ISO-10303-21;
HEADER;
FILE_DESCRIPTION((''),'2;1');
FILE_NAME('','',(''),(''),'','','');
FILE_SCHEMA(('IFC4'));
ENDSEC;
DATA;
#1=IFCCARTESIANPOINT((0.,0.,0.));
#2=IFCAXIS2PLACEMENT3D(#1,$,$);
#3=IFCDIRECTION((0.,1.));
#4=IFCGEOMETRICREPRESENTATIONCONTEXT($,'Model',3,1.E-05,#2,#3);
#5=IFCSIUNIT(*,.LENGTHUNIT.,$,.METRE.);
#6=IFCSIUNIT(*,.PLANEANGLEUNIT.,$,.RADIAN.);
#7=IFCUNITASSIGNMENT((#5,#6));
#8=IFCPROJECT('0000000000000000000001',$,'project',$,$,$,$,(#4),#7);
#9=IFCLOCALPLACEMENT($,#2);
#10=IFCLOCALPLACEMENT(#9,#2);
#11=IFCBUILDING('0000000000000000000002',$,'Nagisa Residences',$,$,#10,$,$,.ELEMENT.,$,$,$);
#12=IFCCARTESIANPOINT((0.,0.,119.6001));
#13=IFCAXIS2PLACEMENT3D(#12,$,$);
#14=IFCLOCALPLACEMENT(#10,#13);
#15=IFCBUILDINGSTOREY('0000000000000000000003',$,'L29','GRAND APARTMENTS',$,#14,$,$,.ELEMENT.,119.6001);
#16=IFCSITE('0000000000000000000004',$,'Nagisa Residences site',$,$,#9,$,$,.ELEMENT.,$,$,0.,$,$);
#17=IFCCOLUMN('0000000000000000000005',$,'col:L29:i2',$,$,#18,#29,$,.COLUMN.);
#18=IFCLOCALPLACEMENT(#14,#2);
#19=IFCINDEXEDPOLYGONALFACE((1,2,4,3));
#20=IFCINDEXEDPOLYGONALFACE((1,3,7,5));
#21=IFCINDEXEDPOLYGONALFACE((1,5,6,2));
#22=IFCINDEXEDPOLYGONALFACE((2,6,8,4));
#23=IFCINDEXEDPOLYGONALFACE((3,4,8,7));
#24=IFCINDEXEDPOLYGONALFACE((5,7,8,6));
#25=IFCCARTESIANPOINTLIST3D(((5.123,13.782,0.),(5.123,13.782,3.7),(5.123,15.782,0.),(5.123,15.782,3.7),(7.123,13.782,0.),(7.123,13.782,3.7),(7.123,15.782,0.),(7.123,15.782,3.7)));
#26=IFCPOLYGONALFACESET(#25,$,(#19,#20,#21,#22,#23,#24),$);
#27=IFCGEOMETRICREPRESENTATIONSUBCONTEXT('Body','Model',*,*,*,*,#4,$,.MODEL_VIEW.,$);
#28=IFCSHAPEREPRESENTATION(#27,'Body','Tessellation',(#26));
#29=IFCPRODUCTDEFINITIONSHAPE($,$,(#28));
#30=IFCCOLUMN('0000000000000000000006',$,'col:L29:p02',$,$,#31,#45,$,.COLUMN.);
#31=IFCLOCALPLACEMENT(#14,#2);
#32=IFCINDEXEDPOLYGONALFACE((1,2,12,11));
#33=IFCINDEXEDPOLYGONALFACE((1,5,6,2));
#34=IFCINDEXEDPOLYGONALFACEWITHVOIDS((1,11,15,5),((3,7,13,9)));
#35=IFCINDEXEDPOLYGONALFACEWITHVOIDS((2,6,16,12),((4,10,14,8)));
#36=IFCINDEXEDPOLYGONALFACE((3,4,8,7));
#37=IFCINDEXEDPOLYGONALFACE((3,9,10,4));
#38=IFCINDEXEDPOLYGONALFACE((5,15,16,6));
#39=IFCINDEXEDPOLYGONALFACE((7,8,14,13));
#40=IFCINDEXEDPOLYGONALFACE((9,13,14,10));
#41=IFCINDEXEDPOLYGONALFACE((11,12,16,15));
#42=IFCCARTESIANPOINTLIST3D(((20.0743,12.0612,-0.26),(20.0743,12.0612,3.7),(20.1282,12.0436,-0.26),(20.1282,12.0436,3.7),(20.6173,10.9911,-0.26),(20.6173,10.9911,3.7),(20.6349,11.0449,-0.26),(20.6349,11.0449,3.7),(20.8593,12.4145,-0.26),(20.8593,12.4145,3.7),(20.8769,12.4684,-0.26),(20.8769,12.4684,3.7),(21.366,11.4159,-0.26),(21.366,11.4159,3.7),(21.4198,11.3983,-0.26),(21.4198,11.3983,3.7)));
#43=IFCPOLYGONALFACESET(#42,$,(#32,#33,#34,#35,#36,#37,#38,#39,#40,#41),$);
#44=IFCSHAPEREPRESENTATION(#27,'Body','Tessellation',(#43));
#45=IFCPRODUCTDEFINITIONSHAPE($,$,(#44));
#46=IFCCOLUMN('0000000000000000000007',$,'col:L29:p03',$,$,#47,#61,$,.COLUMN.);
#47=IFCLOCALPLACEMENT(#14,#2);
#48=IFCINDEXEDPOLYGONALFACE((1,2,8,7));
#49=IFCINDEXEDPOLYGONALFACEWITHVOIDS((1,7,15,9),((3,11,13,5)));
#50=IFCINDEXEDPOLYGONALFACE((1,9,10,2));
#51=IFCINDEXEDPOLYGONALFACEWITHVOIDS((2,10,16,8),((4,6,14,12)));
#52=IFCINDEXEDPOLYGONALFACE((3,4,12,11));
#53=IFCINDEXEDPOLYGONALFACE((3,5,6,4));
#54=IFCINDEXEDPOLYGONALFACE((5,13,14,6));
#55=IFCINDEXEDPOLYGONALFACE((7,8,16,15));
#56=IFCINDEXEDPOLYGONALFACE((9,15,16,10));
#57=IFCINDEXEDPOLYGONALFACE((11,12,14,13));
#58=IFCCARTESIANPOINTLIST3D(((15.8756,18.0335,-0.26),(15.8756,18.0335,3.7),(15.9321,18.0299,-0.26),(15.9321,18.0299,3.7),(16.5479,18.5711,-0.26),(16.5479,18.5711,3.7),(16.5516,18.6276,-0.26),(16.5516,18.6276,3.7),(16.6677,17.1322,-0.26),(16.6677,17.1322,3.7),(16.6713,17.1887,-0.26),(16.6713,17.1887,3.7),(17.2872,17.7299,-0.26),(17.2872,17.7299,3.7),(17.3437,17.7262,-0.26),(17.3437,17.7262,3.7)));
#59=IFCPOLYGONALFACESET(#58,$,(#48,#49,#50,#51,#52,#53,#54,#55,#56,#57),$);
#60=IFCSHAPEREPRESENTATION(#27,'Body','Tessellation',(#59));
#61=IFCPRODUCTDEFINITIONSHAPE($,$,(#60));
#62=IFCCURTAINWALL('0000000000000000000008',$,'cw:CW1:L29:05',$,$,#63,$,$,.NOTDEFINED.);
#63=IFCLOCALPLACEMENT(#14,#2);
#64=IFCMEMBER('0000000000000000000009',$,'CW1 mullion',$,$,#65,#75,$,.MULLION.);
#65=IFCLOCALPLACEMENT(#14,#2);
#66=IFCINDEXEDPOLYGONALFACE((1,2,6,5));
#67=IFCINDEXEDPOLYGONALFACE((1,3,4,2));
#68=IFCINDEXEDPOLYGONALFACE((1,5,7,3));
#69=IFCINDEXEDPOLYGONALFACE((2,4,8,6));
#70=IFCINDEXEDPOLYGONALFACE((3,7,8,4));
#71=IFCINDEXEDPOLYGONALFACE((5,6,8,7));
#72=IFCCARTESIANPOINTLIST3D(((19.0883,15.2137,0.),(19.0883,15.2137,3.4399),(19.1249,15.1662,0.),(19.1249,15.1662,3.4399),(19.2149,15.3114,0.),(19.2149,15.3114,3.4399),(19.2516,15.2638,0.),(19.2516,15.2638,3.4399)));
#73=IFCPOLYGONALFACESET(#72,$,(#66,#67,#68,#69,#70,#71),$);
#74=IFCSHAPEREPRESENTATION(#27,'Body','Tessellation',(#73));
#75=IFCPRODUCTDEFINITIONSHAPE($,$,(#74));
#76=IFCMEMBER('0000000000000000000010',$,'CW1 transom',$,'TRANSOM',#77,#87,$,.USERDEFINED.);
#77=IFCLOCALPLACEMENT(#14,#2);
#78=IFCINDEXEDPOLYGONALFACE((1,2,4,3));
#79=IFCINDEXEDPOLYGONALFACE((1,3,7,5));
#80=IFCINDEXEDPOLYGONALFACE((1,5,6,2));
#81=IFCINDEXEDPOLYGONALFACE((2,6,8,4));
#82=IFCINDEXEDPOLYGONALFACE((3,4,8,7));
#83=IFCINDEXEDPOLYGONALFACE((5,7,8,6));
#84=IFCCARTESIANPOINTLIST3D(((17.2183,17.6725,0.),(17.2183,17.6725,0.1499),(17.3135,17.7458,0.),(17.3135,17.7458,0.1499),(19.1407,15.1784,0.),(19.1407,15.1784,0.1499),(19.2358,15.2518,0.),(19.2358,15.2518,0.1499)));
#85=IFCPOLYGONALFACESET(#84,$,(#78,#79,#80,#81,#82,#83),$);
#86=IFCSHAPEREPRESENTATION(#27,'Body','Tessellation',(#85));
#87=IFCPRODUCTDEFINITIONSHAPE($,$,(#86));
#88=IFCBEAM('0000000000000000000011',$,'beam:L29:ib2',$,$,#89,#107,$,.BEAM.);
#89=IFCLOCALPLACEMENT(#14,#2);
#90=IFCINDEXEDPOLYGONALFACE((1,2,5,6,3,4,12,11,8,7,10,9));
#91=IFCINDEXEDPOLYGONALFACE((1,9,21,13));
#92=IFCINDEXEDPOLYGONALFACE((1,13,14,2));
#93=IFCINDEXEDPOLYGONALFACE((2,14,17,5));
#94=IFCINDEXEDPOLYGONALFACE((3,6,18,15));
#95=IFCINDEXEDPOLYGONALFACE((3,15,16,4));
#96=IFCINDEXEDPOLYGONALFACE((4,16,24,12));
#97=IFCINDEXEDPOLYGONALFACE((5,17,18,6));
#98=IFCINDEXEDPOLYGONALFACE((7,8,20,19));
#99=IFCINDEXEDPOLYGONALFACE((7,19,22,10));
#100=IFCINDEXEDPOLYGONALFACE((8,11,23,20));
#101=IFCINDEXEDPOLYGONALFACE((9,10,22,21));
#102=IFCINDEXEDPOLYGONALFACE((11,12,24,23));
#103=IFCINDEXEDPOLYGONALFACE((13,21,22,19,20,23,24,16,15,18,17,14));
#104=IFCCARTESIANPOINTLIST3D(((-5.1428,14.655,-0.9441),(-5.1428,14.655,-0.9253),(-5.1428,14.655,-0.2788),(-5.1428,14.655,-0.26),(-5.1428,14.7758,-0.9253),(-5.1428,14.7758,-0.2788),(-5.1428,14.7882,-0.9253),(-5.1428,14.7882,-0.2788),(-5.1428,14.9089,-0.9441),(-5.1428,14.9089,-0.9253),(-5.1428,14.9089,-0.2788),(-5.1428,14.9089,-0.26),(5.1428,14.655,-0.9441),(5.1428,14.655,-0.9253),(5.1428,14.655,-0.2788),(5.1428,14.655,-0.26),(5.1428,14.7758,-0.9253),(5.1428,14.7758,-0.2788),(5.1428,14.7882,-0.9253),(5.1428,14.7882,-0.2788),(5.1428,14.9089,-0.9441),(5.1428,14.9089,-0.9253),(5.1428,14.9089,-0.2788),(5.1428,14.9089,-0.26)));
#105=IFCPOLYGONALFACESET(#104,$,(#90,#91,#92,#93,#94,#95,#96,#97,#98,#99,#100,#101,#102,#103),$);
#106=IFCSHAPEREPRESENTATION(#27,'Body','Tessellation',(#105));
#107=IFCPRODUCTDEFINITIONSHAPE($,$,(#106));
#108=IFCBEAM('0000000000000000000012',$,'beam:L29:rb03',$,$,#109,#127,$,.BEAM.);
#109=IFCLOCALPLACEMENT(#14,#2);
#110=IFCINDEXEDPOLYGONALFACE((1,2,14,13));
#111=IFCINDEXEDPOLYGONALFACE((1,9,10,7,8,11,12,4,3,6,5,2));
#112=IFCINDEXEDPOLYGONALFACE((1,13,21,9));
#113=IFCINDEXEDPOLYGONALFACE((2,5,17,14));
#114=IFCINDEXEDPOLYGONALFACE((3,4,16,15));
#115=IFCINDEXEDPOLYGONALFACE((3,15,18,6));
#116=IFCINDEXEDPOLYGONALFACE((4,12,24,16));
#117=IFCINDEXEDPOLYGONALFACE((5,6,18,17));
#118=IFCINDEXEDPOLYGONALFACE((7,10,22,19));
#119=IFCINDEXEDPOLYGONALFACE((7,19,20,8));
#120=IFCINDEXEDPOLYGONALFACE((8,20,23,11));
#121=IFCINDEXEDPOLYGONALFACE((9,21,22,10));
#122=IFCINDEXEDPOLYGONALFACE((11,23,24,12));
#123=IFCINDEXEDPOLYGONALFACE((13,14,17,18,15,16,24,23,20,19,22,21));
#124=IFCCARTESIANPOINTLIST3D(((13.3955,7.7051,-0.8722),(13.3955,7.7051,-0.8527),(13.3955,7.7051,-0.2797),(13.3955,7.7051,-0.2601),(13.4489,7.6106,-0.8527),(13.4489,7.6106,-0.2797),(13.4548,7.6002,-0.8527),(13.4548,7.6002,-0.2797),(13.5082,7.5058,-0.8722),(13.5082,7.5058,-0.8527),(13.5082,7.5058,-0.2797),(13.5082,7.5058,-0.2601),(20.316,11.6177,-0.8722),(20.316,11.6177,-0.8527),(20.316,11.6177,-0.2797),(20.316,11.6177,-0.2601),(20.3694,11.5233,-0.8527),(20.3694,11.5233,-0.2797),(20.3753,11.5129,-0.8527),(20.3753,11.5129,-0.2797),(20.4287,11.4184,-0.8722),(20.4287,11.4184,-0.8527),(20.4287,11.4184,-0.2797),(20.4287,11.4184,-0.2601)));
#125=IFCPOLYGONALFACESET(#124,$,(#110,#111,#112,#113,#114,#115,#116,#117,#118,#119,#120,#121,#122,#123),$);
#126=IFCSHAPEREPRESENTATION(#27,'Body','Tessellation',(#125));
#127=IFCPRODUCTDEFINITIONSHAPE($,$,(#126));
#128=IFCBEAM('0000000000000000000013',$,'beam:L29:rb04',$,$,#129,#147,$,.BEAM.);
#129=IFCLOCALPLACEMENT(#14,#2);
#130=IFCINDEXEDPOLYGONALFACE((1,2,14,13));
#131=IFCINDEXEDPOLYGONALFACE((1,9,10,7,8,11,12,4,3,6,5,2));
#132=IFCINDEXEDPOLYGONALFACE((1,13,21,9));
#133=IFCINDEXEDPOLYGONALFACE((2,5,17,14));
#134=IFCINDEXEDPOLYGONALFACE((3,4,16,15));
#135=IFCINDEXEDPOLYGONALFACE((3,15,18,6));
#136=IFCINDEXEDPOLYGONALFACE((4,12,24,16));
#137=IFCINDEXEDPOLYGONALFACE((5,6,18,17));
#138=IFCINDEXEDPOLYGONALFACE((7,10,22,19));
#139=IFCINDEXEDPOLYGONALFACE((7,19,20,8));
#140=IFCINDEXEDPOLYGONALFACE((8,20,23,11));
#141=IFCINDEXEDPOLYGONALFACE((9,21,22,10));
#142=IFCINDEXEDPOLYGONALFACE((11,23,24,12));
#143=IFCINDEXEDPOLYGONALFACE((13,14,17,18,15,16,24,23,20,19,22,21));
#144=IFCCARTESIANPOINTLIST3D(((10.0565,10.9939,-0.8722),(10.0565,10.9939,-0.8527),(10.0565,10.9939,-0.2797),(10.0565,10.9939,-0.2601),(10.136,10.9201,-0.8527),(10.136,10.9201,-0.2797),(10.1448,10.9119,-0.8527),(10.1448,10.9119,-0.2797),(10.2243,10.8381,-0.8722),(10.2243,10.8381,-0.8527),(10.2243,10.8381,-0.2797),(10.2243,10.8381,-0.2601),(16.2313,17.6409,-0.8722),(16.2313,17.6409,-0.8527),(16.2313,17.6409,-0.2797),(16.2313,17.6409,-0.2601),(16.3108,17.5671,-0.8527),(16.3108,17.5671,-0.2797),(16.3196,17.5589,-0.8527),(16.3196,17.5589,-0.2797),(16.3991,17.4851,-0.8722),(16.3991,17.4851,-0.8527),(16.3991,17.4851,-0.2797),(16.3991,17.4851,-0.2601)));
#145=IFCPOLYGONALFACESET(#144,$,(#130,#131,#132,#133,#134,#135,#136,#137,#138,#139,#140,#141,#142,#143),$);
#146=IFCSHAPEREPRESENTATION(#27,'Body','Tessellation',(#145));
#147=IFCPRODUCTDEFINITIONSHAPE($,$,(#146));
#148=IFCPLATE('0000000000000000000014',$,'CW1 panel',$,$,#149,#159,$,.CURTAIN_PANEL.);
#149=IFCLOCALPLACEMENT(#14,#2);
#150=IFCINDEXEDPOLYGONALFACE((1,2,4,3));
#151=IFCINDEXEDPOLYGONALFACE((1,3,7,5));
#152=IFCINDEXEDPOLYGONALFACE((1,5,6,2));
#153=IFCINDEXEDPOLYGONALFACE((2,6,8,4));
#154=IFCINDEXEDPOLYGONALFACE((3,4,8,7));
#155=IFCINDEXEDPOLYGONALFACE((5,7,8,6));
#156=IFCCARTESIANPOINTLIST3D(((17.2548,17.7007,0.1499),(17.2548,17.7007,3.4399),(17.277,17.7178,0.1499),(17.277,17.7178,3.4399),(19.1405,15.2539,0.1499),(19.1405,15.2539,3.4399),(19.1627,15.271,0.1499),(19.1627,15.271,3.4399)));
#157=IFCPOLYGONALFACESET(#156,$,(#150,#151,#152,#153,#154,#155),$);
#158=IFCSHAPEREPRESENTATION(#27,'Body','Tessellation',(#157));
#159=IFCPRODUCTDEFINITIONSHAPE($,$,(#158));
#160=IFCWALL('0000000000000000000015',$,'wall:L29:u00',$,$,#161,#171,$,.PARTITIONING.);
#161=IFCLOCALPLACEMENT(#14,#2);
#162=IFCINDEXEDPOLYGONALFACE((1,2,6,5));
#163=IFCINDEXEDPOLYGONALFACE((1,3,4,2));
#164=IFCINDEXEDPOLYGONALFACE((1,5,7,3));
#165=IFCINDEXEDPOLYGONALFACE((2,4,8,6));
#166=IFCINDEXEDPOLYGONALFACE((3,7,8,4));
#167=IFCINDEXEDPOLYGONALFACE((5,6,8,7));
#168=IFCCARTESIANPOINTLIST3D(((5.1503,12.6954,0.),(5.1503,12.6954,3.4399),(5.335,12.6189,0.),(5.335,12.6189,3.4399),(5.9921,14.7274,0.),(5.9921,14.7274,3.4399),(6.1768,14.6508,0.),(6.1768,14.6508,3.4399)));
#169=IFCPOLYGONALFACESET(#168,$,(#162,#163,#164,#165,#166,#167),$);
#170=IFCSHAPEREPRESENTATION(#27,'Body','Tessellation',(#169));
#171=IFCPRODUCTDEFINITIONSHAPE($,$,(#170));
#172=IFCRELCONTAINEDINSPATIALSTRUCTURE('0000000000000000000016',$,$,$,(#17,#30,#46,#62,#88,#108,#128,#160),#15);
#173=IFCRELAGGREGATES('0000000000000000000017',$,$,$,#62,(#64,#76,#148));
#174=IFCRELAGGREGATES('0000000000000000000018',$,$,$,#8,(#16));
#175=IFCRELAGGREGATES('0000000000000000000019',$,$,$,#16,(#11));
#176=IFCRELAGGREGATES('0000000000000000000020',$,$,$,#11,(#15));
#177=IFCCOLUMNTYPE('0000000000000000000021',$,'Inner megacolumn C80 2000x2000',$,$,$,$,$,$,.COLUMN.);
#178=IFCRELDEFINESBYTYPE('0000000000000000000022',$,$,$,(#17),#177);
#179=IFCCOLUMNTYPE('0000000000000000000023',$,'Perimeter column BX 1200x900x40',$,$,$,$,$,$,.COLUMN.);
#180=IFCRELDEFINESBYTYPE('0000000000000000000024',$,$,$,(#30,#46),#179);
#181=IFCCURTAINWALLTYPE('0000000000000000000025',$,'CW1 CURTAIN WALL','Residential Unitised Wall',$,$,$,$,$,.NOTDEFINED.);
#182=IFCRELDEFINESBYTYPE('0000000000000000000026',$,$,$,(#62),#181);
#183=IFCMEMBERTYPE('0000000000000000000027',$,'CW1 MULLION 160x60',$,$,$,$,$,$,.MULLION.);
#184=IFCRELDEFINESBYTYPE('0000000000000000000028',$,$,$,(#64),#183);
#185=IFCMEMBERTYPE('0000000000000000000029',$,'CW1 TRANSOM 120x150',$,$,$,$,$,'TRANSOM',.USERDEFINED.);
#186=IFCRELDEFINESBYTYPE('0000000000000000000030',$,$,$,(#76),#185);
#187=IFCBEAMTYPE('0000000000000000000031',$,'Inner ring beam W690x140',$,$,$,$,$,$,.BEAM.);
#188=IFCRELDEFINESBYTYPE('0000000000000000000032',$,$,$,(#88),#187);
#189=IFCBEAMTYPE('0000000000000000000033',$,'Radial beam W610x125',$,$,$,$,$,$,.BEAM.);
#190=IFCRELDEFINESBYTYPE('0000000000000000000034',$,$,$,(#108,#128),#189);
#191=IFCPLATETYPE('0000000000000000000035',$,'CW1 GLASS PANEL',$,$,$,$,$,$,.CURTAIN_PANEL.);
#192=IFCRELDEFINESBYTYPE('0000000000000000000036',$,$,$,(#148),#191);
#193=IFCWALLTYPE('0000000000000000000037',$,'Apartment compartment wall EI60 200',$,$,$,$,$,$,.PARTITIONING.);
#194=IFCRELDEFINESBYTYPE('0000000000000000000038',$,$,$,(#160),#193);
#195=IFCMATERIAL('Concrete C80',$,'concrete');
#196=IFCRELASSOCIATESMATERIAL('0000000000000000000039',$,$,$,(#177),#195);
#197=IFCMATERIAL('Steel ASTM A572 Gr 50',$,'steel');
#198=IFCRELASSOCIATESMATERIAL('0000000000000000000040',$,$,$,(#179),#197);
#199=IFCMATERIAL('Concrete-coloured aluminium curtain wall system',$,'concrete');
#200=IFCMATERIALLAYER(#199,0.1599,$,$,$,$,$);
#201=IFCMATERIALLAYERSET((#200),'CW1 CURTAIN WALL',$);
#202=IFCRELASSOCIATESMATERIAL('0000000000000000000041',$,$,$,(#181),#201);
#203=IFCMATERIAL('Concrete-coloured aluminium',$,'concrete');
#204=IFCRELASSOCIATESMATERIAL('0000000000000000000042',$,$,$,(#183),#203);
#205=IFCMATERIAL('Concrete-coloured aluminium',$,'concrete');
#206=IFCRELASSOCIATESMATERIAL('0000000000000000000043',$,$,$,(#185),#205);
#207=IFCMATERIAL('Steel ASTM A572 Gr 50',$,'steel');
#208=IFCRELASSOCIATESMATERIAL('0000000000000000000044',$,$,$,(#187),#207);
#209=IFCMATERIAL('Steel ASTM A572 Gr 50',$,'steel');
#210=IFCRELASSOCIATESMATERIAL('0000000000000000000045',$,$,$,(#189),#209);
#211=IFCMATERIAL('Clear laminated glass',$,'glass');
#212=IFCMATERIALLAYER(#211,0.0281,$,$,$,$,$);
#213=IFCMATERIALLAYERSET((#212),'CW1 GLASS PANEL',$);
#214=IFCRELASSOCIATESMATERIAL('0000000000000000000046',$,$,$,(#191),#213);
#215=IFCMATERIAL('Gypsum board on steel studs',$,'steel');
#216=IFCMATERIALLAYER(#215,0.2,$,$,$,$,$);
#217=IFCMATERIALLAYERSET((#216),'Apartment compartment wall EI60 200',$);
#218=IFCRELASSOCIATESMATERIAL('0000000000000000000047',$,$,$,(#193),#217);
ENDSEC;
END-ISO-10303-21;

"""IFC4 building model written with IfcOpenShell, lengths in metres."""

from ifc_helpers import new_model, si_unit, direction, frame, frame_2d, origin, origin_2d, place, context, subcontext, project, spatial, rectangle, hollow_rectangle, i_section, extrude, material, layer, layer_set, material_profile, profile_set, type_object, element, aggregate, save


model = new_model("IFC4")

# Units and contexts
model_context = context("Model", 3, precision=1e-05, world=origin(), true_north=direction((0.0, 1.0)))
body_context = subcontext(model_context, "Body", "Model", "MODEL_VIEW")
ifc_project = project(units=[si_unit("LENGTHUNIT", "METRE"), si_unit("PLANEANGLEUNIT", "RADIAN")], contexts=[model_context])

# Site, building, storey
site_placement = place(None, origin())
site = spatial("IfcSite", under=ifc_project, at=site_placement, Name="Nagisa Residences site", CompositionType="ELEMENT", RefElevation=0.0)
building_placement = place(site_placement, origin())
building = spatial("IfcBuilding", under=site, at=building_placement, Name="Nagisa Residences", CompositionType="ELEMENT")
storey_placement = place(building_placement, frame((0.0, 0.0, 119.6001)))
storey = spatial("IfcBuildingStorey", under=building, at=storey_placement, Name="L29", Description="GRAND APARTMENTS", CompositionType="ELEMENT", Elevation=119.6001)

# Columns
ifc_material_1 = material(Name="Concrete C80", Category="concrete")
ifc_material_profile_1 = material_profile(ifc_material_1, rectangle(XDim=2.0, YDim=2.0, at=origin_2d()), Name="C80 2000x2000")
ifc_profile_set_1 = profile_set([ifc_material_profile_1], Name="Concrete C80")
column_type_1 = type_object("IfcColumnType", Name="Inner megacolumn C80 2000x2000", PredefinedType="COLUMN", material=ifc_profile_set_1)
column_placement = place(storey_placement, frame((6.123, 14.782, 0.0), z_axis=(0.0, 0.0, 1.0), x_axis=(1.0, 0.0, 0.0)))
element("IfcColumn", 1, at=column_placement, inside=storey, type_object=column_type_1, Name="col:L29:i2", PredefinedType="COLUMN", context=body_context, shape_type="SweptSolid", body=[
    extrude(rectangle(XDim=2.0, YDim=2.0, at=origin_2d()), origin(), (0.0, 0.0, 1.0), 3.7),
])
ifc_material_2 = material(Name="Steel ASTM A572 Gr 50", Category="steel")
ifc_material_profile_2 = material_profile(ifc_material_2, hollow_rectangle(XDim=1.2, YDim=0.8999, WallThickness=0.04, at=origin_2d()), Name="BX 1200x900x40")
ifc_profile_set_2 = profile_set([ifc_material_profile_2], Name="Steel ASTM A572 Gr 50")
column_type_2 = type_object("IfcColumnType", Name="Perimeter column BX 1200x900x40", PredefinedType="COLUMN", material=ifc_profile_set_2)
for number, where, z_axis, x_axis, name in (
    (2, (20.7471, 11.7297, -0.26), (0.0, 0.0, 1.0), (-0.452463, 0.891783, 0.0), "col:L29:p02"),
    (3, (16.6096, 17.8799, -0.26), (0.0, 0.0, 1.0), (-0.660115, 0.751165, 0.0), "col:L29:p03"),
):
    element("IfcColumn", number, at=place(storey_placement, frame(where, z_axis=z_axis, x_axis=x_axis)), inside=storey, type_object=column_type_2, Name=name, PredefinedType="COLUMN", context=body_context, shape_type="SweptSolid", body=[
        extrude(hollow_rectangle(XDim=1.2, YDim=0.8999, WallThickness=0.04, at=origin_2d()), origin(), (0.0, 0.0, 1.0), 3.96),
    ])

# Curtain wall, members
ifc_material_3 = material(Name="Concrete-coloured aluminium curtain wall system", Category="concrete")
ifc_layer_1 = layer(ifc_material_3, 0.1599)
ifc_layer_set_1 = layer_set([ifc_layer_1], Name="CW1 CURTAIN WALL")
curtain_wall_type = type_object("IfcCurtainWallType", Name="CW1 CURTAIN WALL", Description="Residential Unitised Wall", PredefinedType="NOTDEFINED", material=ifc_layer_set_1)
curtain_wall_placement = place(storey_placement, origin())
curtain_wall = element("IfcCurtainWall", 4, at=curtain_wall_placement, inside=storey, type_object=curtain_wall_type, Name="cw:CW1:L29:05", PredefinedType="NOTDEFINED")
ifc_material_4 = material(Name="Concrete-coloured aluminium", Category="concrete")
ifc_material_profile_3 = material_profile(ifc_material_4, rectangle(XDim=0.1599, YDim=0.0601, at=origin_2d()), Name="CW1 MULLION 160x60")
ifc_profile_set_3 = profile_set([ifc_material_profile_3], Name="Concrete-coloured aluminium")
member_type_1 = type_object("IfcMemberType", Name="CW1 MULLION 160x60", PredefinedType="MULLION", material=ifc_profile_set_3)
member_1_placement = place(storey_placement, frame((19.1699, 15.2388, 0.0), z_axis=(0.0, 0.0, 1.0), x_axis=(-0.79207, -0.61043, 0.0)))
member_1 = element("IfcMember", 5, at=member_1_placement, type_object=member_type_1, Name="CW1 mullion", PredefinedType="MULLION", context=body_context, shape_type="SweptSolid", body=[
    extrude(rectangle(XDim=0.1599, YDim=0.0601, at=origin_2d()), origin(), (0.0, 0.0, 1.0), 3.4399),
])
ifc_material_5 = material(Name="Concrete-coloured aluminium", Category="concrete")
ifc_material_profile_4 = material_profile(ifc_material_5, rectangle(XDim=0.1201, YDim=0.1499, at=origin_2d()), Name="CW1 TRANSOM 120x150")
ifc_profile_set_4 = profile_set([ifc_material_profile_4], Name="Concrete-coloured aluminium")
member_type_2 = type_object("IfcMemberType", Name="CW1 TRANSOM 120x150", ElementType="TRANSOM", PredefinedType="USERDEFINED", material=ifc_profile_set_4)
member_2_placement = place(storey_placement, frame((19.1882, 15.2151, 0.075), z_axis=(-0.610467, 0.792041, 0.0), x_axis=(-0.792041, -0.610467, 0.0)))
member_2 = element("IfcMember", 6, at=member_2_placement, type_object=member_type_2, Name="CW1 transom", ObjectType="TRANSOM", PredefinedType="USERDEFINED", context=body_context, shape_type="SweptSolid", body=[
    extrude(rectangle(XDim=0.1201, YDim=0.1499, at=origin_2d()), origin(), (0.0, 0.0, 1.0), 3.1489),
])

# Beams
ifc_material_6 = material(Name="Steel ASTM A572 Gr 50", Category="steel")
ifc_material_profile_5 = material_profile(ifc_material_6, i_section(OverallWidth=0.2539, OverallDepth=0.6841, WebThickness=0.0125, FlangeThickness=0.0188, at=origin_2d()), Name="W690x140")
ifc_profile_set_5 = profile_set([ifc_material_profile_5], Name="Steel ASTM A572 Gr 50")
beam_type_1 = type_object("IfcBeamType", Name="Inner ring beam W690x140", PredefinedType="BEAM", material=ifc_profile_set_5)
beam_1_placement = place(storey_placement, frame((5.1428, 14.782, -0.6021), z_axis=(-1.0, 0.0, 0.0), x_axis=(0.0, -1.0, 0.0)))
element("IfcBeam", 7, at=beam_1_placement, inside=storey, type_object=beam_type_1, Name="beam:L29:ib2", PredefinedType="BEAM", context=body_context, shape_type="SweptSolid", body=[
    extrude(i_section(OverallWidth=0.2539, OverallDepth=0.6841, WebThickness=0.0125, FlangeThickness=0.0188, at=origin_2d()), origin(), (0.0, 0.0, 1.0), 10.2856),
])
ifc_material_7 = material(Name="Steel ASTM A572 Gr 50", Category="steel")
ifc_material_profile_6 = material_profile(ifc_material_7, i_section(OverallWidth=0.229, OverallDepth=0.6121, WebThickness=0.012, FlangeThickness=0.0195, at=origin_2d()), Name="W610x125")
ifc_profile_set_6 = profile_set([ifc_material_profile_6], Name="Steel ASTM A572 Gr 50")
beam_type_2 = type_object("IfcBeamType", Name="Radial beam W610x125", PredefinedType="BEAM", material=ifc_profile_set_6)
beam_2_placement = place(storey_placement, frame((20.3723, 11.5181, -0.5662), z_axis=(-0.870506, -0.492158, 0.0), x_axis=(0.492158, -0.870506, 0.0)))
element("IfcBeam", 8, at=beam_2_placement, inside=storey, type_object=beam_type_2, Name="beam:L29:rb03", PredefinedType="BEAM", context=body_context, shape_type="SweptSolid", body=[
    extrude(i_section(OverallWidth=0.229, OverallDepth=0.6121, WebThickness=0.012, FlangeThickness=0.0195, at=origin_2d()), origin(), (0.0, 0.0, 1.0), 7.95),
])
beam_3_placement = place(storey_placement, frame((16.3152, 17.563, -0.5662), z_axis=(-0.680606, -0.73265, 0.0), x_axis=(0.73265, -0.680606, 0.0)))
element("IfcBeam", 9, at=beam_3_placement, inside=storey, type_object=beam_type_2, Name="beam:L29:rb04", PredefinedType="BEAM", context=body_context, shape_type="SweptSolid", body=[
    extrude(i_section(OverallWidth=0.229, OverallDepth=0.6121, WebThickness=0.012, FlangeThickness=0.0195, at=origin_2d()), origin(), (0.0, 0.0, 1.0), 9.0725),
])

# Plate
ifc_material_8 = material(Name="Clear laminated glass", Category="glass")
ifc_layer_2 = layer(ifc_material_8, 0.0281)
ifc_layer_set_2 = layer_set([ifc_layer_2], Name="CW1 GLASS PANEL")
plate_type = type_object("IfcPlateType", Name="CW1 GLASS PANEL", PredefinedType="CURTAIN_PANEL", material=ifc_layer_set_2)
plate_placement = place(storey_placement, frame((18.2087, 16.4858, 0.1499), z_axis=(0.0, 0.0, 1.0), x_axis=(-0.61043, 0.79207, 0.0)))
plate = element("IfcPlate", 10, at=plate_placement, type_object=plate_type, Name="CW1 panel", PredefinedType="CURTAIN_PANEL", context=body_context, shape_type="SweptSolid", body=[
    extrude(rectangle(XDim=3.0891, YDim=0.0281, at=origin_2d()), origin(), (0.0, 0.0, 1.0), 3.29),
])
aggregate(curtain_wall, [member_1, member_2, plate])

# Wall
ifc_material_9 = material(Name="Gypsum board on steel studs", Category="steel")
ifc_layer_3 = layer(ifc_material_9, 0.2)
ifc_layer_set_3 = layer_set([ifc_layer_3], Name="Apartment compartment wall EI60 200")
wall_type_1 = type_object("IfcWallType", Name="Apartment compartment wall EI60 200", PredefinedType="PARTITIONING", material=ifc_layer_set_3)
wall_1_placement = place(storey_placement, frame((5.2427, 12.6572, 0.0), z_axis=(0.0, 0.0, 1.0), x_axis=(0.382731, 0.92386, 0.0)))
element("IfcWall", 11, at=wall_1_placement, inside=storey, type_object=wall_type_1, Name="wall:L29:u00", PredefinedType="PARTITIONING", context=body_context, shape_type="SweptSolid", body=[
    extrude(rectangle(XDim=2.1995, YDim=0.2, at=frame_2d((1.0996, 0.0))), origin(), (0.0, 0.0, 1.0), 3.4399),
])

save(model, "model.ifc")
